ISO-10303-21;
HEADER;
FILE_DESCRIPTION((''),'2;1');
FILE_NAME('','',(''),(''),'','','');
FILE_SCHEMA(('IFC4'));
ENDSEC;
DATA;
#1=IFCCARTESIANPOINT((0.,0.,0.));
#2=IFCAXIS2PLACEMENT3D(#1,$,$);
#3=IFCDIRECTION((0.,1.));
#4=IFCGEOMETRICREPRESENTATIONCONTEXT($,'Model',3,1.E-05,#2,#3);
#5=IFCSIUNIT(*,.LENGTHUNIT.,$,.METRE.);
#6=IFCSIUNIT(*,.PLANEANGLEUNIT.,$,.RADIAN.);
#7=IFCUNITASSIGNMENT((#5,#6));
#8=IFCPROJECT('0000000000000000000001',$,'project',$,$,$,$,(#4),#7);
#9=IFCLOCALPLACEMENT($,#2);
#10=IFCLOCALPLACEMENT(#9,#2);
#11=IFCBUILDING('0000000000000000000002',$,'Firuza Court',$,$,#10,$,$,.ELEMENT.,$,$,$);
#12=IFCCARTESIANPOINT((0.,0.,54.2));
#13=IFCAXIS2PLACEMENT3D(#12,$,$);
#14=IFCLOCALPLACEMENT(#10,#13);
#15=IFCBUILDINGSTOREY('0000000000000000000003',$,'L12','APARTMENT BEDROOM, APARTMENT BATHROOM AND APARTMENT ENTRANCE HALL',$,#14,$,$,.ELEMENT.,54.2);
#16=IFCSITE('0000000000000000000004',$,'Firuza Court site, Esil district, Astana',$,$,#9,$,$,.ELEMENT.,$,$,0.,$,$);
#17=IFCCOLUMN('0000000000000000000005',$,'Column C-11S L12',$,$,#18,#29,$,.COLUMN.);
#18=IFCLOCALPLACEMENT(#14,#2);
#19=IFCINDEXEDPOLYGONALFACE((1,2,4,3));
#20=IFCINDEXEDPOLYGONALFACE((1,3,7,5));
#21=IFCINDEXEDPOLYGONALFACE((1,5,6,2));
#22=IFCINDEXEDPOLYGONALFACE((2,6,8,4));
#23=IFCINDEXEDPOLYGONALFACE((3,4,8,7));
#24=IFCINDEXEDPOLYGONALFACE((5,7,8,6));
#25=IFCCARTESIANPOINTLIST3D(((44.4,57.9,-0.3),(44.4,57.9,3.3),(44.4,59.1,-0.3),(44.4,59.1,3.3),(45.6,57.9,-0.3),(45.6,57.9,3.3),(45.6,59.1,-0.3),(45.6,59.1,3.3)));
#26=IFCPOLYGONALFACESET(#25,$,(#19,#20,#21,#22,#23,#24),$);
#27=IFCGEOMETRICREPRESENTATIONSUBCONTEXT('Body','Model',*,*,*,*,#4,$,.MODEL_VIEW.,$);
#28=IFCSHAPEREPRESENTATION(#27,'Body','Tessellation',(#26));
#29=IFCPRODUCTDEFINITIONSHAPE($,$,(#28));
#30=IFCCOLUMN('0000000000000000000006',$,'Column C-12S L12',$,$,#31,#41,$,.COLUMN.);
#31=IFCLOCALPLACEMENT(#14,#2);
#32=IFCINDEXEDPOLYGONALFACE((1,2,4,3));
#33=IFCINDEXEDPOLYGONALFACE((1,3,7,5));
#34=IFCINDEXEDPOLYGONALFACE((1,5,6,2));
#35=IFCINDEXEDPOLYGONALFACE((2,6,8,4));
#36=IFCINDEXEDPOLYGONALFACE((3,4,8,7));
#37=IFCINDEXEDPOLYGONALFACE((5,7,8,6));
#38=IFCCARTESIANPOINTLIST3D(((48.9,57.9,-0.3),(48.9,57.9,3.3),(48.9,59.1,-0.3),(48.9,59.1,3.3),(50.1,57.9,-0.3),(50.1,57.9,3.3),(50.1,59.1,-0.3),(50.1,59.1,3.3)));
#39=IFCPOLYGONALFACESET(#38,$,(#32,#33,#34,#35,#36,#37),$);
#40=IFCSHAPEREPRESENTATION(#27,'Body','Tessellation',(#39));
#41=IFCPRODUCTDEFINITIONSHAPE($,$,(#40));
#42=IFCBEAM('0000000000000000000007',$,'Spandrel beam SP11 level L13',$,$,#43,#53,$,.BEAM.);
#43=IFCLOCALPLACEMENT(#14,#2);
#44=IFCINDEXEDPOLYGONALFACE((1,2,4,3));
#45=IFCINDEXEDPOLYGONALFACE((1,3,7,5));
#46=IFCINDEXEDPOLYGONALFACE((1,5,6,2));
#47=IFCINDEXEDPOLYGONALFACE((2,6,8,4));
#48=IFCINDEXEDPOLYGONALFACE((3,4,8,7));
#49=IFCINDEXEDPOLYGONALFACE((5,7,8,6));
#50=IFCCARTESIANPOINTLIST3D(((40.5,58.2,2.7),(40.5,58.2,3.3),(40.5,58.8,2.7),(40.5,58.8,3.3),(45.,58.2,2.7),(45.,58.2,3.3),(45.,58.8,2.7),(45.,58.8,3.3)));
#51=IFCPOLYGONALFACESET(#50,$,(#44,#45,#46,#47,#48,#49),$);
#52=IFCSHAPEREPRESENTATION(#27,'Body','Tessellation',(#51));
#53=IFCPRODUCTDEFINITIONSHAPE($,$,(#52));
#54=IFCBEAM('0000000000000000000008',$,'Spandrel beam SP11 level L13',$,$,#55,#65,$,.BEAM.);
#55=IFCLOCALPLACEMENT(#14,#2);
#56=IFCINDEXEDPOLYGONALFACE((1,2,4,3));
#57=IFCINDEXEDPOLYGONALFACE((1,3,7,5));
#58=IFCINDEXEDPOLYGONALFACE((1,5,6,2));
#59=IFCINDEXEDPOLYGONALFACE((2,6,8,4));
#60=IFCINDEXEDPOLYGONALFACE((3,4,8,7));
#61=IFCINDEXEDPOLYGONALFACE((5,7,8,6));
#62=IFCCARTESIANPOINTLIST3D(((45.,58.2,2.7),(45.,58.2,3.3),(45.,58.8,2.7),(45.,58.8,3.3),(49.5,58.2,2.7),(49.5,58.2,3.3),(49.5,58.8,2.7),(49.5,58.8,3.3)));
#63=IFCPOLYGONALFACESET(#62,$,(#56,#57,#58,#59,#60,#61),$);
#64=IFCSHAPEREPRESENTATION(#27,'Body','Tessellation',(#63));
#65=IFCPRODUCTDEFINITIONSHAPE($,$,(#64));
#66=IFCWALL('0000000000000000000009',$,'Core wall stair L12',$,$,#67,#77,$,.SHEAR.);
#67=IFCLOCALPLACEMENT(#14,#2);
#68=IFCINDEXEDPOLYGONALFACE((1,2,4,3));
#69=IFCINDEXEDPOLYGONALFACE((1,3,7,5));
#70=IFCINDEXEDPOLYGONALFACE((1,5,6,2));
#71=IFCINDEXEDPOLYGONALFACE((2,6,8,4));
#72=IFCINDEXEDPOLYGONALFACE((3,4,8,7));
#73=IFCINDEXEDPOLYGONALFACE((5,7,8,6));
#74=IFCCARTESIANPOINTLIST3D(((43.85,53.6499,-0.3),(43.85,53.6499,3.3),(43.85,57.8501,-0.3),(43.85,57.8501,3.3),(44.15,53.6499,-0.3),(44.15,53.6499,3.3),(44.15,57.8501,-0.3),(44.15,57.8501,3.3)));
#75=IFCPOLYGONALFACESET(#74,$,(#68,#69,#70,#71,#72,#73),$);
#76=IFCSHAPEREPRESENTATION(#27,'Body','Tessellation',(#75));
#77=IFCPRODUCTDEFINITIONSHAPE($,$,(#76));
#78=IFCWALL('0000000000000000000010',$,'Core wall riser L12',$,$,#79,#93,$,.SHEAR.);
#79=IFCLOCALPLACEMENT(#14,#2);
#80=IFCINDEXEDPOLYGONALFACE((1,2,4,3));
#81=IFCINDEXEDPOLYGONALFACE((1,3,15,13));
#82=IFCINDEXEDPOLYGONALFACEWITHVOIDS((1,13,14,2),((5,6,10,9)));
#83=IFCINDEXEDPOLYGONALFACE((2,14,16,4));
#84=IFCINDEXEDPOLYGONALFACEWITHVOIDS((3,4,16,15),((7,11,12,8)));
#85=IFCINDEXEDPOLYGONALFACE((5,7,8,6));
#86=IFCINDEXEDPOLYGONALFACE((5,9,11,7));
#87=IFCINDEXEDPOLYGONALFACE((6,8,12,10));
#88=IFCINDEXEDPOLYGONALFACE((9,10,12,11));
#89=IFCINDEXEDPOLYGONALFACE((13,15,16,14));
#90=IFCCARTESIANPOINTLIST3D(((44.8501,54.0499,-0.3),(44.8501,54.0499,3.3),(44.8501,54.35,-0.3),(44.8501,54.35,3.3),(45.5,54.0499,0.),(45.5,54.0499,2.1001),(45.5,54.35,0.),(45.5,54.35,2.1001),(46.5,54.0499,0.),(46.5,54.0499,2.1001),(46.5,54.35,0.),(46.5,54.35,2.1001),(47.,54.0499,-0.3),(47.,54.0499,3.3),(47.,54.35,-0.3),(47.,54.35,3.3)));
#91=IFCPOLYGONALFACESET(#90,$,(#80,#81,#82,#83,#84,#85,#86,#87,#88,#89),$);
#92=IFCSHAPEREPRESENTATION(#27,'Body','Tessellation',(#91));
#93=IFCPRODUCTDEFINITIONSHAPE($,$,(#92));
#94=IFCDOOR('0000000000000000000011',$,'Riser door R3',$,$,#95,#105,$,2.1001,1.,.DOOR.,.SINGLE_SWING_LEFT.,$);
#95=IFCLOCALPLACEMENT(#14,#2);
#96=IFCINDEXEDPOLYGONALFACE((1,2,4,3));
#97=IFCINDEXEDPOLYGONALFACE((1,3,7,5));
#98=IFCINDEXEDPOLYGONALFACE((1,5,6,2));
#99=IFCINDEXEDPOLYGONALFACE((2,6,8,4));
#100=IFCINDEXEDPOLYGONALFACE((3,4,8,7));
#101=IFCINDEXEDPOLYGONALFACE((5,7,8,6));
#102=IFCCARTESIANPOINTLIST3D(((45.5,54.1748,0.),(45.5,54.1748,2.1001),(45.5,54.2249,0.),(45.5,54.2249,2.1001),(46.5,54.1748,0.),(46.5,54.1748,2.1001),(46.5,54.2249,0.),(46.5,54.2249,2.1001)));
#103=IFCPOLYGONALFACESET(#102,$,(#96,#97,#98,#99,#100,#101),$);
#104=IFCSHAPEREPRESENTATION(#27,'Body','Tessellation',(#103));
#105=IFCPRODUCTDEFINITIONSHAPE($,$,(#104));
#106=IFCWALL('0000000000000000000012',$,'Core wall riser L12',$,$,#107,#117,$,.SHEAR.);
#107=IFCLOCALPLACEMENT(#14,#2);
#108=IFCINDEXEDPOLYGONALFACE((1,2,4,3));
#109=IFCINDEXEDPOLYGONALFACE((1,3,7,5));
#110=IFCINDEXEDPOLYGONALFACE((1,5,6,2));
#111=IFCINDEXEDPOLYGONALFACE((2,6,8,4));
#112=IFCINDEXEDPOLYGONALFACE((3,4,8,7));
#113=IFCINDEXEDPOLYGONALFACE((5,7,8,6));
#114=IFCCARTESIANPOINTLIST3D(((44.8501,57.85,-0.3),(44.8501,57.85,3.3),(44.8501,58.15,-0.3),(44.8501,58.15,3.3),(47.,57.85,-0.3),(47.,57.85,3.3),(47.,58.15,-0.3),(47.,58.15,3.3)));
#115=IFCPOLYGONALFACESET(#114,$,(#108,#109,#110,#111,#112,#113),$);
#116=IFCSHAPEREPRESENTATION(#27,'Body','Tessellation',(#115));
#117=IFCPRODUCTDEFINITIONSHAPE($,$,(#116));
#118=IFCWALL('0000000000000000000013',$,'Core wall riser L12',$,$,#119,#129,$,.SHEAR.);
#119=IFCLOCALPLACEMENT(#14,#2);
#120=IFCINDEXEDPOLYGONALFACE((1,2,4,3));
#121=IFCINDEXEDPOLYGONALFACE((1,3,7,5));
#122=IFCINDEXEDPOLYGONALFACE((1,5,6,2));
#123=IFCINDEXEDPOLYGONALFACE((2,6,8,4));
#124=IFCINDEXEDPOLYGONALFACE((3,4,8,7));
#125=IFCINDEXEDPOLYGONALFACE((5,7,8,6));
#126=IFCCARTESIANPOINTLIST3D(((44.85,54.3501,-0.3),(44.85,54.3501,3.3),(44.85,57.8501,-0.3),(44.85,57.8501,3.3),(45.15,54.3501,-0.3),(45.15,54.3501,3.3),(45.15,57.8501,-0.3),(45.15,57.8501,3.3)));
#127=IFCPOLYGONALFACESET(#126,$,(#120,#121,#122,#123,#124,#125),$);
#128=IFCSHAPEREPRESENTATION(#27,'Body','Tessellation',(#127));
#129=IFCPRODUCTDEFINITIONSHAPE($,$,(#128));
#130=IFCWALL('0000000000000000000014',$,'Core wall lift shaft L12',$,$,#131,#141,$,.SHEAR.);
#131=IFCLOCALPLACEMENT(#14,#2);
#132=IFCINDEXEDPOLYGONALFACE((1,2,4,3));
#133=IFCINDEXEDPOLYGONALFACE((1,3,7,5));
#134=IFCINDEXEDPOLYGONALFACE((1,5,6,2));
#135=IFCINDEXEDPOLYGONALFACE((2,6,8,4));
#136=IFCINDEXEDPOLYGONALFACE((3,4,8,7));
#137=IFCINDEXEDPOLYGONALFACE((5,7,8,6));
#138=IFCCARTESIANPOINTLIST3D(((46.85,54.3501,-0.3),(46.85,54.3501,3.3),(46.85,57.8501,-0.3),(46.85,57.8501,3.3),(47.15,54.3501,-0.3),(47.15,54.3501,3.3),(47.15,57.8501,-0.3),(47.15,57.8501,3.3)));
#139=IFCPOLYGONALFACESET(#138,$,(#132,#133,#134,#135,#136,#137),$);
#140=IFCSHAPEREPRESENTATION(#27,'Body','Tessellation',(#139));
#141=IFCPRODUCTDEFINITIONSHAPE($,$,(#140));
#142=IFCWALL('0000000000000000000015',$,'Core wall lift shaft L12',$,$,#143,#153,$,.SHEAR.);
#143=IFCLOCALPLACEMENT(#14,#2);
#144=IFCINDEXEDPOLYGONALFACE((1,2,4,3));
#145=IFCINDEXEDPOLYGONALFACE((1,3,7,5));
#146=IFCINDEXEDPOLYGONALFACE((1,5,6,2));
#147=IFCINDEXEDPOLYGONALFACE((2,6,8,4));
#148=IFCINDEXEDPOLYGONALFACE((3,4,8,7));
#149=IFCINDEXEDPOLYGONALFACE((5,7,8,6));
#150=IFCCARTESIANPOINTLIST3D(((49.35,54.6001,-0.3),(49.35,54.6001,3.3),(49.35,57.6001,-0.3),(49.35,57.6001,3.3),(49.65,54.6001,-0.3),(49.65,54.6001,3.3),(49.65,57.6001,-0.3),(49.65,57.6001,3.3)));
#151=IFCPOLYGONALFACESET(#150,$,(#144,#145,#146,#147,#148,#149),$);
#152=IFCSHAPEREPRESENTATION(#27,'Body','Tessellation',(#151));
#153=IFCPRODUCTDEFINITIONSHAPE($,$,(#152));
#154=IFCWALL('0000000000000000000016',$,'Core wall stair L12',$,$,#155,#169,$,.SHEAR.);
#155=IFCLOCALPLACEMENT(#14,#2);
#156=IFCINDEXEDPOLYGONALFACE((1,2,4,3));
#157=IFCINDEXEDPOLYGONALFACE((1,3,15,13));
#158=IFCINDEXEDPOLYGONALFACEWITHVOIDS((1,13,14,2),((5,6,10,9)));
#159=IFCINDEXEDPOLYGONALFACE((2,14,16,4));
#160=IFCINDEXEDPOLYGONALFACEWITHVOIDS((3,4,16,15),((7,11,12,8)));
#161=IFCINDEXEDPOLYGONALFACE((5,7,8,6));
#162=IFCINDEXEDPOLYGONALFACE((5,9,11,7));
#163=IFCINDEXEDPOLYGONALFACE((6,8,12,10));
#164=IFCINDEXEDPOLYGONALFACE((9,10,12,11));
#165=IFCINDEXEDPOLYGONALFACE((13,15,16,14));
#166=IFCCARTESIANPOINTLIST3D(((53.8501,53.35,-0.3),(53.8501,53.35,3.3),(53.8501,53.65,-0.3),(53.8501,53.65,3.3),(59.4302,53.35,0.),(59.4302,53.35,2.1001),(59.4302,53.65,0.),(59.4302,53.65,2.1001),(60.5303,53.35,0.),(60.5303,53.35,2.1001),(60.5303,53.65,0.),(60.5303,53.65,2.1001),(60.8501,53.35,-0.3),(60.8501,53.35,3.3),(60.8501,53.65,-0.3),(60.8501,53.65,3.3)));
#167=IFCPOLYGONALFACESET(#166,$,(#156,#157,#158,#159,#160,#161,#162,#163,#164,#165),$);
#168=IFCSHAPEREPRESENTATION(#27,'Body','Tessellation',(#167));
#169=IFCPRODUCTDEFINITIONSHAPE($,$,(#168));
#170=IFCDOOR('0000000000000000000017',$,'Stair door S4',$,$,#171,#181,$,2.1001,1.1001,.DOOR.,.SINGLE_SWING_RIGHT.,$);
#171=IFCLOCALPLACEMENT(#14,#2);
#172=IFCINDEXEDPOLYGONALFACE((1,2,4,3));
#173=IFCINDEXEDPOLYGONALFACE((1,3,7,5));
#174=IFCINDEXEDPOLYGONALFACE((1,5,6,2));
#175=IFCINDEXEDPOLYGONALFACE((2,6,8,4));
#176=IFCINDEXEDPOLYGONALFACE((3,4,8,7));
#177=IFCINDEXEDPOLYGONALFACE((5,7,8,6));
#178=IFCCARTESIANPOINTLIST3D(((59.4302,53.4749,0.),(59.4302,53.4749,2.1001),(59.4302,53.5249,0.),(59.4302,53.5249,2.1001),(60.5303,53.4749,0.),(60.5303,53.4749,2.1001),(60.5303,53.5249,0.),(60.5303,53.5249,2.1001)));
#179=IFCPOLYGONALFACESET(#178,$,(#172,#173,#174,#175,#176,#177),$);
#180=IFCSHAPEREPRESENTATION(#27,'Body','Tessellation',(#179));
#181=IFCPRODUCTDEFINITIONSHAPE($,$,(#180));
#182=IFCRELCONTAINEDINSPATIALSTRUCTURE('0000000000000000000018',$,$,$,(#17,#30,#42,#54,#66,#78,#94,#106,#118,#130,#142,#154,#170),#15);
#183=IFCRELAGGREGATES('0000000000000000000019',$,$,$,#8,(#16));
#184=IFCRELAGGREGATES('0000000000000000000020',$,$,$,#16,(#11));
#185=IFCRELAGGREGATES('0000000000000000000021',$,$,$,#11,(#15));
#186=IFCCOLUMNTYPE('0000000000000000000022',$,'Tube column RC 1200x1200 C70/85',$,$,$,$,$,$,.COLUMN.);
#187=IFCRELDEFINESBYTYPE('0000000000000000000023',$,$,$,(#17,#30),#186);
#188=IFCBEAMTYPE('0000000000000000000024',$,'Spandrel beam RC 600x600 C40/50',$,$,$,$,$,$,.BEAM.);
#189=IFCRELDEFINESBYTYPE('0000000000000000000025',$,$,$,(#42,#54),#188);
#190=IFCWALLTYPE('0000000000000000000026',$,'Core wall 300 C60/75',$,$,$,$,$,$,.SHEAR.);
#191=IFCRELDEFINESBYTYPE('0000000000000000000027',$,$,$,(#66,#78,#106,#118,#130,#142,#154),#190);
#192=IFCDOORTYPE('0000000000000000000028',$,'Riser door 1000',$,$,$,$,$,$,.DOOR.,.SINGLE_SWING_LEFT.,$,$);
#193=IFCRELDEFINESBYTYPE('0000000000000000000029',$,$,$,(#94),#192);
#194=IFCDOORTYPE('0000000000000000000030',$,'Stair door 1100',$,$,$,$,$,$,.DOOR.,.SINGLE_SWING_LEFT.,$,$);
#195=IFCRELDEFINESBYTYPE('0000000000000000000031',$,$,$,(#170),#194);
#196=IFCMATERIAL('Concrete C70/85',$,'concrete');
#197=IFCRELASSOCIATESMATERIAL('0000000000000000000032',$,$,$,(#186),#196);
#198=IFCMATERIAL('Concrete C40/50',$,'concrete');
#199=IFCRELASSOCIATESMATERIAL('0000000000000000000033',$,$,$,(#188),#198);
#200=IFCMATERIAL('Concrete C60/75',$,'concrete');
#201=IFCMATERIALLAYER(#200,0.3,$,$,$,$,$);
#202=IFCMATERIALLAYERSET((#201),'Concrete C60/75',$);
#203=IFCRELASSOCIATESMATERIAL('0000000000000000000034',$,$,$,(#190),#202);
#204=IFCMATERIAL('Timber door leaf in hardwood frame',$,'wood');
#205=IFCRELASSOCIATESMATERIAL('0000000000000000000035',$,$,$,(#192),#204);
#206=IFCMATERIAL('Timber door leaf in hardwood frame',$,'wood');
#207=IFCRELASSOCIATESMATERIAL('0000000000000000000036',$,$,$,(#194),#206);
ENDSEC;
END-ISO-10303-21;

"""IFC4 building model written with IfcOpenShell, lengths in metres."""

from ifc_helpers import new_model, si_unit, direction, frame, frame_2d, origin, origin_2d, place, context, subcontext, project, spatial, rectangle, extrude, material, layer, layer_set, material_profile, profile_set, type_object, element, fill, save


model = new_model("IFC4")

# Units and contexts
model_context = context("Model", 3, precision=1e-05, world=origin(), true_north=direction((0.0, 1.0)))
body_context = subcontext(model_context, "Body", "Model", "MODEL_VIEW")
ifc_project = project(units=[si_unit("LENGTHUNIT", "METRE"), si_unit("PLANEANGLEUNIT", "RADIAN")], contexts=[model_context])

# Site, building, storey
site_placement = place(None, origin())
site = spatial("IfcSite", under=ifc_project, at=site_placement, Name="Firuza Court site, Esil district, Astana", CompositionType="ELEMENT", RefElevation=0.0)
building_placement = place(site_placement, origin())
building = spatial("IfcBuilding", under=site, at=building_placement, Name="Firuza Court", CompositionType="ELEMENT")
storey_placement = place(building_placement, frame((0.0, 0.0, 54.2)))
storey = spatial("IfcBuildingStorey", under=building, at=storey_placement, Name="L12", Description="APARTMENT BEDROOM, APARTMENT BATHROOM AND APARTMENT ENTRANCE HALL", CompositionType="ELEMENT", Elevation=54.2)

# Columns
ifc_material_1 = material(Name="Concrete C70/85", Category="concrete")
ifc_material_profile_1 = material_profile(ifc_material_1, rectangle(XDim=1.2, YDim=1.2, at=origin_2d()), Name="RC 1200x1200")
ifc_profile_set_1 = profile_set([ifc_material_profile_1], Name="Concrete C70/85")
column_type = type_object("IfcColumnType", Name="Tube column RC 1200x1200 C70/85", PredefinedType="COLUMN", material=ifc_profile_set_1)
for number, where, z_axis, x_axis, name in (
    (1, (45.0, 58.5, -0.3), (0.0, 0.0, 1.0), (1.0, 0.0, 0.0), "Column C-11S L12"),
    (2, (49.5, 58.5, -0.3), (0.0, 0.0, 1.0), (1.0, 0.0, 0.0), "Column C-12S L12"),
):
    element("IfcColumn", number, at=place(storey_placement, frame(where, z_axis=z_axis, x_axis=x_axis)), inside=storey, type_object=column_type, Name=name, PredefinedType="COLUMN", context=body_context, shape_type="SweptSolid", body=[
        extrude(rectangle(XDim=1.2, YDim=1.2, at=origin_2d()), origin(), (0.0, 0.0, 1.0), 3.6001),
    ])

# Beams
ifc_material_2 = material(Name="Concrete C40/50", Category="concrete")
ifc_material_profile_2 = material_profile(ifc_material_2, rectangle(XDim=0.6001, YDim=0.6001, at=origin_2d()), Name="RC 600x600")
ifc_profile_set_2 = profile_set([ifc_material_profile_2], Name="Concrete C40/50")
beam_type = type_object("IfcBeamType", Name="Spandrel beam RC 600x600 C40/50", PredefinedType="BEAM", material=ifc_profile_set_2)
for number, where, z_axis, x_axis, name in (
    (3, (45.0, 58.5, 3.0), (-1.0, 0.0, 0.0), (0.0, -1.0, 0.0), "Spandrel beam SP11 level L13"),
    (4, (49.5, 58.5, 3.0), (-1.0, 0.0, 0.0), (0.0, -1.0, 0.0), "Spandrel beam SP11 level L13"),
):
    element("IfcBeam", number, at=place(storey_placement, frame(where, z_axis=z_axis, x_axis=x_axis)), inside=storey, type_object=beam_type, Name=name, PredefinedType="BEAM", context=body_context, shape_type="SweptSolid", body=[
        extrude(rectangle(XDim=0.6001, YDim=0.6001, at=origin_2d()), origin(), (0.0, 0.0, 1.0), 4.5),
    ])

# Wall
ifc_material_3 = material(Name="Concrete C60/75", Category="concrete")
ifc_layer_1 = layer(ifc_material_3, 0.3)
ifc_layer_set_1 = layer_set([ifc_layer_1], Name="Concrete C60/75")
wall_type_1 = type_object("IfcWallType", Name="Core wall 300 C60/75", PredefinedType="SHEAR", material=ifc_layer_set_1)
wall_1_placement = place(storey_placement, frame((44.0, 53.6499, -0.3), z_axis=(0.0, 0.0, 1.0), x_axis=(0.0, 1.0, 0.0)))
element("IfcWall", 5, at=wall_1_placement, inside=storey, type_object=wall_type_1, Name="Core wall stair L12", PredefinedType="SHEAR", context=body_context, shape_type="SweptSolid", body=[
    extrude(rectangle(XDim=4.2002, YDim=0.3, at=frame_2d((2.1001, 0.0))), origin(), (0.0, 0.0, 1.0), 3.6001),
])

# Wall, opening, door
wall_2_placement = place(storey_placement, frame((44.8501, 54.2, -0.3), z_axis=(0.0, 0.0, 1.0), x_axis=(1.0, 0.0, 0.0)))
wall_2 = element("IfcWall", 6, at=wall_2_placement, inside=storey, type_object=wall_type_1, Name="Core wall riser L12", PredefinedType="SHEAR", context=body_context, shape_type="SweptSolid", body=[
    extrude(rectangle(XDim=2.1499, YDim=0.3, at=frame_2d((1.075, 0.0))), origin(), (0.0, 0.0, 1.0), 3.6001),
])
opening_1_placement = place(wall_2_placement, frame((0.6499, 0.0, 0.3)))
opening_1 = element("IfcOpeningElement", 7, at=opening_1_placement, cuts=wall_2, PredefinedType="OPENING", context=body_context, shape_type="SweptSolid", body=[
    extrude(rectangle(XDim=1.0, YDim=2.1001, at=frame_2d((0.5, 1.05))), frame((0.0, 0.1621, 0.0), z_axis=(0.0, -1.0, 0.0), x_axis=(1.0, 0.0, 0.0)), (0.0, 0.0, 1.0), 0.324),
])
ifc_material_4 = material(Name="Timber door leaf in hardwood frame", Category="wood")
door_type_1 = type_object("IfcDoorType", Name="Riser door 1000", OperationType="SINGLE_SWING_LEFT", PredefinedType="DOOR", material=ifc_material_4)
door_1_placement = place(opening_1_placement, origin())
door_1 = element("IfcDoor", 8, at=door_1_placement, inside=storey, type_object=door_type_1, Name="Riser door R3", OperationType="SINGLE_SWING_LEFT", OverallHeight=2.1001, OverallWidth=1.0, PredefinedType="DOOR", context=body_context, shape_type="SweptSolid", body=[
    extrude(rectangle(XDim=1.0, YDim=2.1001, at=frame_2d((0.5, 1.05))), frame((0.0, 0.0249, 0.0), z_axis=(0.0, -1.0, 0.0), x_axis=(1.0, 0.0, 0.0)), (0.0, 0.0, 1.0), 0.05),
])
fill(opening_1, door_1)

# Walls
wall_3_placement = place(storey_placement, frame((44.8501, 58.0, -0.3), z_axis=(0.0, 0.0, 1.0), x_axis=(1.0, 0.0, 0.0)))
element("IfcWall", 9, at=wall_3_placement, inside=storey, type_object=wall_type_1, Name="Core wall riser L12", PredefinedType="SHEAR", context=body_context, shape_type="SweptSolid", body=[
    extrude(rectangle(XDim=2.1499, YDim=0.3, at=frame_2d((1.075, 0.0))), origin(), (0.0, 0.0, 1.0), 3.6001),
])
for number, where, z_axis, x_axis, name in (
    (10, (45.0, 54.3501, -0.3), (0.0, 0.0, 1.0), (0.0, 1.0, 0.0), "Core wall riser L12"),
    (11, (47.0, 54.3501, -0.3), (0.0, 0.0, 1.0), (0.0, 1.0, 0.0), "Core wall lift shaft L12"),
):
    element("IfcWall", number, at=place(storey_placement, frame(where, z_axis=z_axis, x_axis=x_axis)), inside=storey, type_object=wall_type_1, Name=name, PredefinedType="SHEAR", context=body_context, shape_type="SweptSolid", body=[
        extrude(rectangle(XDim=3.5, YDim=0.3, at=frame_2d((1.75, 0.0))), origin(), (0.0, 0.0, 1.0), 3.6001),
    ])
wall_4_placement = place(storey_placement, frame((49.5, 54.6001, -0.3), z_axis=(0.0, 0.0, 1.0), x_axis=(0.0, 1.0, 0.0)))
element("IfcWall", 12, at=wall_4_placement, inside=storey, type_object=wall_type_1, Name="Core wall lift shaft L12", PredefinedType="SHEAR", context=body_context, shape_type="SweptSolid", body=[
    extrude(rectangle(XDim=3.0, YDim=0.3, at=frame_2d((1.5, 0.0))), origin(), (0.0, 0.0, 1.0), 3.6001),
])

# Wall, opening, door
wall_5_placement = place(storey_placement, frame((53.8501, 53.5, -0.3), z_axis=(0.0, 0.0, 1.0), x_axis=(1.0, 0.0, 0.0)))
wall_5 = element("IfcWall", 13, at=wall_5_placement, inside=storey, type_object=wall_type_1, Name="Core wall stair L12", PredefinedType="SHEAR", context=body_context, shape_type="SweptSolid", body=[
    extrude(rectangle(XDim=7.0, YDim=0.3, at=frame_2d((3.5, 0.0))), origin(), (0.0, 0.0, 1.0), 3.6001),
])
opening_2_placement = place(wall_5_placement, frame((5.5801, 0.0, 0.3)))
opening_2 = element("IfcOpeningElement", 14, at=opening_2_placement, cuts=wall_5, PredefinedType="OPENING", context=body_context, shape_type="SweptSolid", body=[
    extrude(rectangle(XDim=1.1001, YDim=2.1001, at=frame_2d((0.55, 1.05))), frame((0.0, 0.1621, 0.0), z_axis=(0.0, -1.0, 0.0), x_axis=(1.0, 0.0, 0.0)), (0.0, 0.0, 1.0), 0.324),
])
ifc_material_5 = material(Name="Timber door leaf in hardwood frame", Category="wood")
door_type_2 = type_object("IfcDoorType", Name="Stair door 1100", OperationType="SINGLE_SWING_LEFT", PredefinedType="DOOR", material=ifc_material_5)
door_2_placement = place(opening_2_placement, origin())
door_2 = element("IfcDoor", 15, at=door_2_placement, inside=storey, type_object=door_type_2, Name="Stair door S4", OperationType="SINGLE_SWING_RIGHT", OverallHeight=2.1001, OverallWidth=1.1001, PredefinedType="DOOR", context=body_context, shape_type="SweptSolid", body=[
    extrude(rectangle(XDim=1.1001, YDim=2.1001, at=frame_2d((0.55, 1.05))), frame((0.0, 0.0249, 0.0), z_axis=(0.0, -1.0, 0.0), x_axis=(1.0, 0.0, 0.0)), (0.0, 0.0, 1.0), 0.05),
])
fill(opening_2, door_2)

save(model, "model.ifc")
